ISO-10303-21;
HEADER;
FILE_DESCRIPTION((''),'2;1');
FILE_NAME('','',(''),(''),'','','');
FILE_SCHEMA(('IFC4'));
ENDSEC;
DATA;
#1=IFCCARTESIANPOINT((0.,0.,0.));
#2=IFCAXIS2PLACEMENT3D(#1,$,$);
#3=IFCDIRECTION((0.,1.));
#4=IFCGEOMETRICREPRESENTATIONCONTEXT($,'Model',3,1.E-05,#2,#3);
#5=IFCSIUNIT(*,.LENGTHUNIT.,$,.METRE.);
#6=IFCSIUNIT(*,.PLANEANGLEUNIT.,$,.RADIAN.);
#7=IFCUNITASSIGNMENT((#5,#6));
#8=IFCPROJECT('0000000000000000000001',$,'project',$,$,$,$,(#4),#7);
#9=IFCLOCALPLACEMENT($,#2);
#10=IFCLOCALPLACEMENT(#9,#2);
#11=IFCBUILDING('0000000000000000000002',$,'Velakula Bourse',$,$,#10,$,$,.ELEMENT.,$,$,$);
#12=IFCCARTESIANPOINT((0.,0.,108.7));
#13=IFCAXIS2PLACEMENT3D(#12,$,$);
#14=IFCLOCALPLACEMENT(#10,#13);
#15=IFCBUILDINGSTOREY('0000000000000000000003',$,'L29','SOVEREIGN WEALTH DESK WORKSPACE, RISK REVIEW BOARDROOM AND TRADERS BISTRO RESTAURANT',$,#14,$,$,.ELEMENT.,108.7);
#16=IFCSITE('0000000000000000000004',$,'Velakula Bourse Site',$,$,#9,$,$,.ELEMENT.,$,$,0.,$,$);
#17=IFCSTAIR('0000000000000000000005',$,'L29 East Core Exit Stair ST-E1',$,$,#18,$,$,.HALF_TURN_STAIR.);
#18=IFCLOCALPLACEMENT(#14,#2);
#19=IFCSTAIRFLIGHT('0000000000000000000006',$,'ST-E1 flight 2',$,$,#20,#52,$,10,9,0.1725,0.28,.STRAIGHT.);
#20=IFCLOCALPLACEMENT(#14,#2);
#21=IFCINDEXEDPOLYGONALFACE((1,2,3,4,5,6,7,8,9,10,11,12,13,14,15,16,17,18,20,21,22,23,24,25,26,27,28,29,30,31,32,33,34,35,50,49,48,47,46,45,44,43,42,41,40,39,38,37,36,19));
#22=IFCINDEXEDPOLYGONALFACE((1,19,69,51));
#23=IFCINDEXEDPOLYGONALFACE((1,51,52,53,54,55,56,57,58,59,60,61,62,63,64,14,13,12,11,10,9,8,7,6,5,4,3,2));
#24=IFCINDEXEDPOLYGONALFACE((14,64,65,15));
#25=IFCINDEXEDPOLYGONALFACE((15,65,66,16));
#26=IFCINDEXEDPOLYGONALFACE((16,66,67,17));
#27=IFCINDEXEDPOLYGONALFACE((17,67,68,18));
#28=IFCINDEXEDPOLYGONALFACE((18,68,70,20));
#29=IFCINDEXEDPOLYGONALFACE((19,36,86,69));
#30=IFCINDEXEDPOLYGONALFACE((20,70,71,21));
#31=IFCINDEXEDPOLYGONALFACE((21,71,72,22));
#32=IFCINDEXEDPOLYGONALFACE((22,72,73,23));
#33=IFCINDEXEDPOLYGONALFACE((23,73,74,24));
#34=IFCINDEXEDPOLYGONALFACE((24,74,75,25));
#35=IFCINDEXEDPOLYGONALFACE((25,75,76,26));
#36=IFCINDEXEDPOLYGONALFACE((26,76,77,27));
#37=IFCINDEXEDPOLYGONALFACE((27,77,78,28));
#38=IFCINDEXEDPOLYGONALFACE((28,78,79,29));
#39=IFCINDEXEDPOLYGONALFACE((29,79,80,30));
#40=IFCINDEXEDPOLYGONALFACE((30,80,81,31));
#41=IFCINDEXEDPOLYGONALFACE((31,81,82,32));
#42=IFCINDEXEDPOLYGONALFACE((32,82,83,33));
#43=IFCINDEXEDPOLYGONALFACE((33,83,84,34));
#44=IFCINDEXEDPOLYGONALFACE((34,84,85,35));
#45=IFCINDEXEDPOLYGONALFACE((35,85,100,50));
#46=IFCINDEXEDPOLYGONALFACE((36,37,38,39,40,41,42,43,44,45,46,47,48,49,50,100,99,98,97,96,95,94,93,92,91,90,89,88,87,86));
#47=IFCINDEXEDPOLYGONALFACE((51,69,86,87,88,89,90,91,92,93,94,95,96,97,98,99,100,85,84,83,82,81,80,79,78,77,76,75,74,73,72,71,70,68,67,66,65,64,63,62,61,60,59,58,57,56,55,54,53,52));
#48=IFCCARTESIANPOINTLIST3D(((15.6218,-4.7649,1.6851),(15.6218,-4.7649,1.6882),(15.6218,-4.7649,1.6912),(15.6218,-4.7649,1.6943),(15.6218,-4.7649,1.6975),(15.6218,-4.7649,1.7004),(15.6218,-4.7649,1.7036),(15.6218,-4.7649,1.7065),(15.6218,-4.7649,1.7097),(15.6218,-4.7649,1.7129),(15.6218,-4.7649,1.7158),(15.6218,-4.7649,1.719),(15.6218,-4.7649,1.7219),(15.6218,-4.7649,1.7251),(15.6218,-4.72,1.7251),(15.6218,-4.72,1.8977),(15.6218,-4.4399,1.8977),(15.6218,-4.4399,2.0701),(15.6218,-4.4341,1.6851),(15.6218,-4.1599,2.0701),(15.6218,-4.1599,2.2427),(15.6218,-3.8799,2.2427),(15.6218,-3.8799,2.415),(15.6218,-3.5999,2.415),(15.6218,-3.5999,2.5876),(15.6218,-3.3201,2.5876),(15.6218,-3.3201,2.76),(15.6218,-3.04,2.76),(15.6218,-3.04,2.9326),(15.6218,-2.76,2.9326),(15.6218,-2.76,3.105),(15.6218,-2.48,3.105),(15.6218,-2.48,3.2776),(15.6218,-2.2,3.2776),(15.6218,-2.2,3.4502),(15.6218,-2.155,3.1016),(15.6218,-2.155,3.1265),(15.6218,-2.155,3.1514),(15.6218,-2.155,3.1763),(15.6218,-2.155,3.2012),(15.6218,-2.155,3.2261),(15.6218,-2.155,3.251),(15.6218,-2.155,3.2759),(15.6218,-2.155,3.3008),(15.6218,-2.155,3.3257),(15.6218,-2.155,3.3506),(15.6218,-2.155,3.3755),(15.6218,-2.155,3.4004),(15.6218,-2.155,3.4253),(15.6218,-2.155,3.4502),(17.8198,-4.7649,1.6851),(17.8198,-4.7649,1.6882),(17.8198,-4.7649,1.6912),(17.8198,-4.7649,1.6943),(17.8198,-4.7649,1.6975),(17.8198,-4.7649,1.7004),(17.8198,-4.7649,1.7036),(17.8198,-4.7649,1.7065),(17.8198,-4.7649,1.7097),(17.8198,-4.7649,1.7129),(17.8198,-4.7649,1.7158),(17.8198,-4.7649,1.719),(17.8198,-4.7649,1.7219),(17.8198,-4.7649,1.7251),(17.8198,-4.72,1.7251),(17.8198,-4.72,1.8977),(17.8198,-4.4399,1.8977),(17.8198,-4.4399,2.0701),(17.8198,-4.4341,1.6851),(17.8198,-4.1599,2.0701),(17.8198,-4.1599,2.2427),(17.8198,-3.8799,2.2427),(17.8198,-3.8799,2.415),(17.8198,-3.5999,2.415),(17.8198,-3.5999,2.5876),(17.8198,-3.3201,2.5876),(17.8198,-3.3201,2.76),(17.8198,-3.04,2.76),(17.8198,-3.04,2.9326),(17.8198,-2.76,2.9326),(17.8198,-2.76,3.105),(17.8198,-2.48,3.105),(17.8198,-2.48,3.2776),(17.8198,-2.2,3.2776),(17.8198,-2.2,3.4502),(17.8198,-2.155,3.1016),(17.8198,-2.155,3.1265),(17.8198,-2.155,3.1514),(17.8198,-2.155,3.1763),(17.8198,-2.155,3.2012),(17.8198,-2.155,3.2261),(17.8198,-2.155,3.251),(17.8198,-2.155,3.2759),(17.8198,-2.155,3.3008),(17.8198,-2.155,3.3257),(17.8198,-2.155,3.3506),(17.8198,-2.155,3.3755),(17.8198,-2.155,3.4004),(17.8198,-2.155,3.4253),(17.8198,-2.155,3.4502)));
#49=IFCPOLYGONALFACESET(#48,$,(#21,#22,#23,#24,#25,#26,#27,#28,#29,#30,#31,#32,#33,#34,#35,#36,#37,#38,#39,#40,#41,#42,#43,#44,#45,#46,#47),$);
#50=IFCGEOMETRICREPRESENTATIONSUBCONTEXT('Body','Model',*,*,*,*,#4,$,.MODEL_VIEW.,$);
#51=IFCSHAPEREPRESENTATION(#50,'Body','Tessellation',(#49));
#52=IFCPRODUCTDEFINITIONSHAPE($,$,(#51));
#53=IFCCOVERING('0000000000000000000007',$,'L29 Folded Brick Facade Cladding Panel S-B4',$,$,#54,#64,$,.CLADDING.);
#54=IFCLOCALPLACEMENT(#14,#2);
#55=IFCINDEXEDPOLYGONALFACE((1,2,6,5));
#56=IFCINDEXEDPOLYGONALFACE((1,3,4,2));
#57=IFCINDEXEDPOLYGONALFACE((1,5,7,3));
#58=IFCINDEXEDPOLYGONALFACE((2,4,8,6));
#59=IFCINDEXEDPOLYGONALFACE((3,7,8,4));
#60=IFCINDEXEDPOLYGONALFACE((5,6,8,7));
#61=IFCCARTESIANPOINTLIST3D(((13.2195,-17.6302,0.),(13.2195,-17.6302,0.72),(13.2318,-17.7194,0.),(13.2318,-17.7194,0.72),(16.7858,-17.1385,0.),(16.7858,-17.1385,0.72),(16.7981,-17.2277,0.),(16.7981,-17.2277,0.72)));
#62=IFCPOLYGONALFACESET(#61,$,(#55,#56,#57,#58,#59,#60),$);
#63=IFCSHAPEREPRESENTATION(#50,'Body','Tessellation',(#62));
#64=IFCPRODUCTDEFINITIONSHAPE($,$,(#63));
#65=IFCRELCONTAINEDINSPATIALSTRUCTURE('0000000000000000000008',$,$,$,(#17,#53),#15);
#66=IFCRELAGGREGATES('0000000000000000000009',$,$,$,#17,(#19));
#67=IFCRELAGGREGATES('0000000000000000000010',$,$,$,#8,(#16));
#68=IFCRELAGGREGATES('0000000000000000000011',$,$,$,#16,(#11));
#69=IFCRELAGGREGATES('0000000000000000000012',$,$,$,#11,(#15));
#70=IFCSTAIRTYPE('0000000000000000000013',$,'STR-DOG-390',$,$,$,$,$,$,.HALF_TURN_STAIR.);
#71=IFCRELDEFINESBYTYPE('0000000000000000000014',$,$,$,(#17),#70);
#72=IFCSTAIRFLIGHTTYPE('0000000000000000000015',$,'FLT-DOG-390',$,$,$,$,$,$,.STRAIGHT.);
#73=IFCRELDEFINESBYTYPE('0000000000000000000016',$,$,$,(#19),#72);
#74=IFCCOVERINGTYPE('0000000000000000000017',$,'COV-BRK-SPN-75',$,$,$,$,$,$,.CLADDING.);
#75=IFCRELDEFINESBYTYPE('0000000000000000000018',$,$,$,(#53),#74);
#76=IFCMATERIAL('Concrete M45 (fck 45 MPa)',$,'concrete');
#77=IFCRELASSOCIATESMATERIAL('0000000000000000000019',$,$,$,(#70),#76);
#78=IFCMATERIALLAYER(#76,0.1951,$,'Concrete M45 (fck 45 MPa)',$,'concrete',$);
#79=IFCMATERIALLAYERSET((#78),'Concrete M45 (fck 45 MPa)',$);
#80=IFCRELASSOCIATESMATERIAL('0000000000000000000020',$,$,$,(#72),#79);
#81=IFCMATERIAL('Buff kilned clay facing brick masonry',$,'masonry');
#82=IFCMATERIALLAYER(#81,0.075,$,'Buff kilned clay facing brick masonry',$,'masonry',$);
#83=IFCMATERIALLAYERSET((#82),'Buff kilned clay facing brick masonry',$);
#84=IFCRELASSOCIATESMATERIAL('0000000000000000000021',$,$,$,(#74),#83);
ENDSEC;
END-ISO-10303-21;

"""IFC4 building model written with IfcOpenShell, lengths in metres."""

from ifc_helpers import new_model, si_unit, direction, frame, origin, origin_2d, place, context, subcontext, project, spatial, polyline, rectangle, outline, extrude, material, layer, layer_set, type_object, element, aggregate, save


model = new_model("IFC4")

# Units and contexts
model_context = context("Model", 3, precision=1e-05, world=origin(), true_north=direction((0.0, 1.0)))
body_context = subcontext(model_context, "Body", "Model", "MODEL_VIEW")
ifc_project = project(units=[si_unit("LENGTHUNIT", "METRE"), si_unit("PLANEANGLEUNIT", "RADIAN")], contexts=[model_context])

# Site, building, storey
site_placement = place(None, origin())
site = spatial("IfcSite", under=ifc_project, at=site_placement, Name="Velakula Bourse Site", CompositionType="ELEMENT", RefElevation=0.0)
building_placement = place(site_placement, origin())
building = spatial("IfcBuilding", under=site, at=building_placement, Name="Velakula Bourse", CompositionType="ELEMENT")
storey_placement = place(building_placement, frame((0.0, 0.0, 108.7)))
storey = spatial("IfcBuildingStorey", under=building, at=storey_placement, Name="L29", Description="SOVEREIGN WEALTH DESK WORKSPACE, RISK REVIEW BOARDROOM AND TRADERS BISTRO RESTAURANT", CompositionType="ELEMENT", Elevation=108.7)

# Stair, stair flight
ifc_material_1 = material(Name="Concrete M45 (fck 45 MPa)", Category="concrete")
stair_type = type_object("IfcStairType", Name="STR-DOG-390", PredefinedType="HALF_TURN_STAIR", material=ifc_material_1)
stair_placement = place(storey_placement, origin())
stair = element("IfcStair", 1, at=stair_placement, inside=storey, type_object=stair_type, Name="L29 East Core Exit Stair ST-E1", PredefinedType="HALF_TURN_STAIR")
ifc_layer_1 = layer(ifc_material_1, 0.1951, Name="Concrete M45 (fck 45 MPa)", Category="concrete")
ifc_layer_set_1 = layer_set([ifc_layer_1], Name="Concrete M45 (fck 45 MPa)")
stair_flight_type = type_object("IfcStairFlightType", Name="FLT-DOG-390", PredefinedType="STRAIGHT", material=ifc_layer_set_1)
stair_flight_1_placement = place(storey_placement, frame((16.7209, -4.72, 1.7251), z_axis=(0.0, 0.0, 1.0), x_axis=(0.0, 1.0, 0.0)))
stair_flight_1 = element("IfcStairFlight", 2, at=stair_flight_1_placement, type_object=stair_flight_type, Name="ST-E1 flight 2", NumberOfRisers=10, NumberOfTreads=9, PredefinedType="STRAIGHT", RiserHeight=0.1725, TreadLength=0.28, context=body_context, shape_type="SweptSolid", body=[
    extrude(outline(polyline([(-0.0449, -0.04), (-0.0449, -0.0369), (-0.0449, -0.0339), (-0.0449, -0.0308), (-0.0449, -0.0276), (-0.0449, -0.0247), (-0.0449, -0.0215), (-0.0449, -0.0186), (-0.0449, -0.0154), (-0.0449, -0.0122), (-0.0449, -0.0093), (-0.0449, -0.0061), (-0.0449, -0.0032), (-0.0449, 0.0), (0.0, 0.0), (0.0, 0.1726), (0.28, 0.1726), (0.28, 0.345), (0.5601, 0.345), (0.5601, 0.5176), (0.8401, 0.5176), (0.8401, 0.6899), (1.1201, 0.6899), (1.1201, 0.8625), (1.3999, 0.8625), (1.3999, 1.0349), (1.6799, 1.0349), (1.6799, 1.2075), (1.96, 1.2075), (1.96, 1.3799), (2.24, 1.3799), (2.24, 1.5525), (2.52, 1.5525), (2.52, 1.7251), (2.5649, 1.7251), (2.5649, 1.7002), (2.5649, 1.6753), (2.5649, 1.6504), (2.5649, 1.6255), (2.5649, 1.6006), (2.5649, 1.5757), (2.5649, 1.5508), (2.5649, 1.5259), (2.5649, 1.501), (2.5649, 1.4761), (2.5649, 1.4512), (2.5649, 1.4263), (2.5649, 1.4014), (2.5649, 1.3765), (0.2859, -0.04), (-0.0449, -0.04)])), frame((0.0, 1.0991, 0.0), z_axis=(0.0, -1.0, 0.0), x_axis=(1.0, 0.0, 0.0)), (0.0, 0.0, 1.0), 2.198),
])
aggregate(stair, [stair_flight_1])

# Covering
ifc_material_2 = material(Name="Buff kilned clay facing brick masonry", Category="masonry")
ifc_layer_2 = layer(ifc_material_2, 0.075, Name="Buff kilned clay facing brick masonry", Category="masonry")
ifc_layer_set_2 = layer_set([ifc_layer_2], Name="Buff kilned clay facing brick masonry")
covering_type = type_object("IfcCoveringType", Name="COV-BRK-SPN-75", PredefinedType="CLADDING", material=ifc_layer_set_2)
covering_placement = place(storey_placement, frame((15.0088, -17.429, 0.0), z_axis=(0.0, 0.0, 1.0), x_axis=(0.990629, 0.13658, 0.0)))
element("IfcCovering", 3, at=covering_placement, inside=storey, type_object=covering_type, Name="L29 Folded Brick Facade Cladding Panel S-B4", PredefinedType="CLADDING", context=body_context, shape_type="SweptSolid", body=[
    extrude(rectangle(XDim=3.6001, YDim=0.0901, at=origin_2d()), origin(), (0.0, 0.0, 1.0), 0.72),
])

save(model, "model.ifc")
